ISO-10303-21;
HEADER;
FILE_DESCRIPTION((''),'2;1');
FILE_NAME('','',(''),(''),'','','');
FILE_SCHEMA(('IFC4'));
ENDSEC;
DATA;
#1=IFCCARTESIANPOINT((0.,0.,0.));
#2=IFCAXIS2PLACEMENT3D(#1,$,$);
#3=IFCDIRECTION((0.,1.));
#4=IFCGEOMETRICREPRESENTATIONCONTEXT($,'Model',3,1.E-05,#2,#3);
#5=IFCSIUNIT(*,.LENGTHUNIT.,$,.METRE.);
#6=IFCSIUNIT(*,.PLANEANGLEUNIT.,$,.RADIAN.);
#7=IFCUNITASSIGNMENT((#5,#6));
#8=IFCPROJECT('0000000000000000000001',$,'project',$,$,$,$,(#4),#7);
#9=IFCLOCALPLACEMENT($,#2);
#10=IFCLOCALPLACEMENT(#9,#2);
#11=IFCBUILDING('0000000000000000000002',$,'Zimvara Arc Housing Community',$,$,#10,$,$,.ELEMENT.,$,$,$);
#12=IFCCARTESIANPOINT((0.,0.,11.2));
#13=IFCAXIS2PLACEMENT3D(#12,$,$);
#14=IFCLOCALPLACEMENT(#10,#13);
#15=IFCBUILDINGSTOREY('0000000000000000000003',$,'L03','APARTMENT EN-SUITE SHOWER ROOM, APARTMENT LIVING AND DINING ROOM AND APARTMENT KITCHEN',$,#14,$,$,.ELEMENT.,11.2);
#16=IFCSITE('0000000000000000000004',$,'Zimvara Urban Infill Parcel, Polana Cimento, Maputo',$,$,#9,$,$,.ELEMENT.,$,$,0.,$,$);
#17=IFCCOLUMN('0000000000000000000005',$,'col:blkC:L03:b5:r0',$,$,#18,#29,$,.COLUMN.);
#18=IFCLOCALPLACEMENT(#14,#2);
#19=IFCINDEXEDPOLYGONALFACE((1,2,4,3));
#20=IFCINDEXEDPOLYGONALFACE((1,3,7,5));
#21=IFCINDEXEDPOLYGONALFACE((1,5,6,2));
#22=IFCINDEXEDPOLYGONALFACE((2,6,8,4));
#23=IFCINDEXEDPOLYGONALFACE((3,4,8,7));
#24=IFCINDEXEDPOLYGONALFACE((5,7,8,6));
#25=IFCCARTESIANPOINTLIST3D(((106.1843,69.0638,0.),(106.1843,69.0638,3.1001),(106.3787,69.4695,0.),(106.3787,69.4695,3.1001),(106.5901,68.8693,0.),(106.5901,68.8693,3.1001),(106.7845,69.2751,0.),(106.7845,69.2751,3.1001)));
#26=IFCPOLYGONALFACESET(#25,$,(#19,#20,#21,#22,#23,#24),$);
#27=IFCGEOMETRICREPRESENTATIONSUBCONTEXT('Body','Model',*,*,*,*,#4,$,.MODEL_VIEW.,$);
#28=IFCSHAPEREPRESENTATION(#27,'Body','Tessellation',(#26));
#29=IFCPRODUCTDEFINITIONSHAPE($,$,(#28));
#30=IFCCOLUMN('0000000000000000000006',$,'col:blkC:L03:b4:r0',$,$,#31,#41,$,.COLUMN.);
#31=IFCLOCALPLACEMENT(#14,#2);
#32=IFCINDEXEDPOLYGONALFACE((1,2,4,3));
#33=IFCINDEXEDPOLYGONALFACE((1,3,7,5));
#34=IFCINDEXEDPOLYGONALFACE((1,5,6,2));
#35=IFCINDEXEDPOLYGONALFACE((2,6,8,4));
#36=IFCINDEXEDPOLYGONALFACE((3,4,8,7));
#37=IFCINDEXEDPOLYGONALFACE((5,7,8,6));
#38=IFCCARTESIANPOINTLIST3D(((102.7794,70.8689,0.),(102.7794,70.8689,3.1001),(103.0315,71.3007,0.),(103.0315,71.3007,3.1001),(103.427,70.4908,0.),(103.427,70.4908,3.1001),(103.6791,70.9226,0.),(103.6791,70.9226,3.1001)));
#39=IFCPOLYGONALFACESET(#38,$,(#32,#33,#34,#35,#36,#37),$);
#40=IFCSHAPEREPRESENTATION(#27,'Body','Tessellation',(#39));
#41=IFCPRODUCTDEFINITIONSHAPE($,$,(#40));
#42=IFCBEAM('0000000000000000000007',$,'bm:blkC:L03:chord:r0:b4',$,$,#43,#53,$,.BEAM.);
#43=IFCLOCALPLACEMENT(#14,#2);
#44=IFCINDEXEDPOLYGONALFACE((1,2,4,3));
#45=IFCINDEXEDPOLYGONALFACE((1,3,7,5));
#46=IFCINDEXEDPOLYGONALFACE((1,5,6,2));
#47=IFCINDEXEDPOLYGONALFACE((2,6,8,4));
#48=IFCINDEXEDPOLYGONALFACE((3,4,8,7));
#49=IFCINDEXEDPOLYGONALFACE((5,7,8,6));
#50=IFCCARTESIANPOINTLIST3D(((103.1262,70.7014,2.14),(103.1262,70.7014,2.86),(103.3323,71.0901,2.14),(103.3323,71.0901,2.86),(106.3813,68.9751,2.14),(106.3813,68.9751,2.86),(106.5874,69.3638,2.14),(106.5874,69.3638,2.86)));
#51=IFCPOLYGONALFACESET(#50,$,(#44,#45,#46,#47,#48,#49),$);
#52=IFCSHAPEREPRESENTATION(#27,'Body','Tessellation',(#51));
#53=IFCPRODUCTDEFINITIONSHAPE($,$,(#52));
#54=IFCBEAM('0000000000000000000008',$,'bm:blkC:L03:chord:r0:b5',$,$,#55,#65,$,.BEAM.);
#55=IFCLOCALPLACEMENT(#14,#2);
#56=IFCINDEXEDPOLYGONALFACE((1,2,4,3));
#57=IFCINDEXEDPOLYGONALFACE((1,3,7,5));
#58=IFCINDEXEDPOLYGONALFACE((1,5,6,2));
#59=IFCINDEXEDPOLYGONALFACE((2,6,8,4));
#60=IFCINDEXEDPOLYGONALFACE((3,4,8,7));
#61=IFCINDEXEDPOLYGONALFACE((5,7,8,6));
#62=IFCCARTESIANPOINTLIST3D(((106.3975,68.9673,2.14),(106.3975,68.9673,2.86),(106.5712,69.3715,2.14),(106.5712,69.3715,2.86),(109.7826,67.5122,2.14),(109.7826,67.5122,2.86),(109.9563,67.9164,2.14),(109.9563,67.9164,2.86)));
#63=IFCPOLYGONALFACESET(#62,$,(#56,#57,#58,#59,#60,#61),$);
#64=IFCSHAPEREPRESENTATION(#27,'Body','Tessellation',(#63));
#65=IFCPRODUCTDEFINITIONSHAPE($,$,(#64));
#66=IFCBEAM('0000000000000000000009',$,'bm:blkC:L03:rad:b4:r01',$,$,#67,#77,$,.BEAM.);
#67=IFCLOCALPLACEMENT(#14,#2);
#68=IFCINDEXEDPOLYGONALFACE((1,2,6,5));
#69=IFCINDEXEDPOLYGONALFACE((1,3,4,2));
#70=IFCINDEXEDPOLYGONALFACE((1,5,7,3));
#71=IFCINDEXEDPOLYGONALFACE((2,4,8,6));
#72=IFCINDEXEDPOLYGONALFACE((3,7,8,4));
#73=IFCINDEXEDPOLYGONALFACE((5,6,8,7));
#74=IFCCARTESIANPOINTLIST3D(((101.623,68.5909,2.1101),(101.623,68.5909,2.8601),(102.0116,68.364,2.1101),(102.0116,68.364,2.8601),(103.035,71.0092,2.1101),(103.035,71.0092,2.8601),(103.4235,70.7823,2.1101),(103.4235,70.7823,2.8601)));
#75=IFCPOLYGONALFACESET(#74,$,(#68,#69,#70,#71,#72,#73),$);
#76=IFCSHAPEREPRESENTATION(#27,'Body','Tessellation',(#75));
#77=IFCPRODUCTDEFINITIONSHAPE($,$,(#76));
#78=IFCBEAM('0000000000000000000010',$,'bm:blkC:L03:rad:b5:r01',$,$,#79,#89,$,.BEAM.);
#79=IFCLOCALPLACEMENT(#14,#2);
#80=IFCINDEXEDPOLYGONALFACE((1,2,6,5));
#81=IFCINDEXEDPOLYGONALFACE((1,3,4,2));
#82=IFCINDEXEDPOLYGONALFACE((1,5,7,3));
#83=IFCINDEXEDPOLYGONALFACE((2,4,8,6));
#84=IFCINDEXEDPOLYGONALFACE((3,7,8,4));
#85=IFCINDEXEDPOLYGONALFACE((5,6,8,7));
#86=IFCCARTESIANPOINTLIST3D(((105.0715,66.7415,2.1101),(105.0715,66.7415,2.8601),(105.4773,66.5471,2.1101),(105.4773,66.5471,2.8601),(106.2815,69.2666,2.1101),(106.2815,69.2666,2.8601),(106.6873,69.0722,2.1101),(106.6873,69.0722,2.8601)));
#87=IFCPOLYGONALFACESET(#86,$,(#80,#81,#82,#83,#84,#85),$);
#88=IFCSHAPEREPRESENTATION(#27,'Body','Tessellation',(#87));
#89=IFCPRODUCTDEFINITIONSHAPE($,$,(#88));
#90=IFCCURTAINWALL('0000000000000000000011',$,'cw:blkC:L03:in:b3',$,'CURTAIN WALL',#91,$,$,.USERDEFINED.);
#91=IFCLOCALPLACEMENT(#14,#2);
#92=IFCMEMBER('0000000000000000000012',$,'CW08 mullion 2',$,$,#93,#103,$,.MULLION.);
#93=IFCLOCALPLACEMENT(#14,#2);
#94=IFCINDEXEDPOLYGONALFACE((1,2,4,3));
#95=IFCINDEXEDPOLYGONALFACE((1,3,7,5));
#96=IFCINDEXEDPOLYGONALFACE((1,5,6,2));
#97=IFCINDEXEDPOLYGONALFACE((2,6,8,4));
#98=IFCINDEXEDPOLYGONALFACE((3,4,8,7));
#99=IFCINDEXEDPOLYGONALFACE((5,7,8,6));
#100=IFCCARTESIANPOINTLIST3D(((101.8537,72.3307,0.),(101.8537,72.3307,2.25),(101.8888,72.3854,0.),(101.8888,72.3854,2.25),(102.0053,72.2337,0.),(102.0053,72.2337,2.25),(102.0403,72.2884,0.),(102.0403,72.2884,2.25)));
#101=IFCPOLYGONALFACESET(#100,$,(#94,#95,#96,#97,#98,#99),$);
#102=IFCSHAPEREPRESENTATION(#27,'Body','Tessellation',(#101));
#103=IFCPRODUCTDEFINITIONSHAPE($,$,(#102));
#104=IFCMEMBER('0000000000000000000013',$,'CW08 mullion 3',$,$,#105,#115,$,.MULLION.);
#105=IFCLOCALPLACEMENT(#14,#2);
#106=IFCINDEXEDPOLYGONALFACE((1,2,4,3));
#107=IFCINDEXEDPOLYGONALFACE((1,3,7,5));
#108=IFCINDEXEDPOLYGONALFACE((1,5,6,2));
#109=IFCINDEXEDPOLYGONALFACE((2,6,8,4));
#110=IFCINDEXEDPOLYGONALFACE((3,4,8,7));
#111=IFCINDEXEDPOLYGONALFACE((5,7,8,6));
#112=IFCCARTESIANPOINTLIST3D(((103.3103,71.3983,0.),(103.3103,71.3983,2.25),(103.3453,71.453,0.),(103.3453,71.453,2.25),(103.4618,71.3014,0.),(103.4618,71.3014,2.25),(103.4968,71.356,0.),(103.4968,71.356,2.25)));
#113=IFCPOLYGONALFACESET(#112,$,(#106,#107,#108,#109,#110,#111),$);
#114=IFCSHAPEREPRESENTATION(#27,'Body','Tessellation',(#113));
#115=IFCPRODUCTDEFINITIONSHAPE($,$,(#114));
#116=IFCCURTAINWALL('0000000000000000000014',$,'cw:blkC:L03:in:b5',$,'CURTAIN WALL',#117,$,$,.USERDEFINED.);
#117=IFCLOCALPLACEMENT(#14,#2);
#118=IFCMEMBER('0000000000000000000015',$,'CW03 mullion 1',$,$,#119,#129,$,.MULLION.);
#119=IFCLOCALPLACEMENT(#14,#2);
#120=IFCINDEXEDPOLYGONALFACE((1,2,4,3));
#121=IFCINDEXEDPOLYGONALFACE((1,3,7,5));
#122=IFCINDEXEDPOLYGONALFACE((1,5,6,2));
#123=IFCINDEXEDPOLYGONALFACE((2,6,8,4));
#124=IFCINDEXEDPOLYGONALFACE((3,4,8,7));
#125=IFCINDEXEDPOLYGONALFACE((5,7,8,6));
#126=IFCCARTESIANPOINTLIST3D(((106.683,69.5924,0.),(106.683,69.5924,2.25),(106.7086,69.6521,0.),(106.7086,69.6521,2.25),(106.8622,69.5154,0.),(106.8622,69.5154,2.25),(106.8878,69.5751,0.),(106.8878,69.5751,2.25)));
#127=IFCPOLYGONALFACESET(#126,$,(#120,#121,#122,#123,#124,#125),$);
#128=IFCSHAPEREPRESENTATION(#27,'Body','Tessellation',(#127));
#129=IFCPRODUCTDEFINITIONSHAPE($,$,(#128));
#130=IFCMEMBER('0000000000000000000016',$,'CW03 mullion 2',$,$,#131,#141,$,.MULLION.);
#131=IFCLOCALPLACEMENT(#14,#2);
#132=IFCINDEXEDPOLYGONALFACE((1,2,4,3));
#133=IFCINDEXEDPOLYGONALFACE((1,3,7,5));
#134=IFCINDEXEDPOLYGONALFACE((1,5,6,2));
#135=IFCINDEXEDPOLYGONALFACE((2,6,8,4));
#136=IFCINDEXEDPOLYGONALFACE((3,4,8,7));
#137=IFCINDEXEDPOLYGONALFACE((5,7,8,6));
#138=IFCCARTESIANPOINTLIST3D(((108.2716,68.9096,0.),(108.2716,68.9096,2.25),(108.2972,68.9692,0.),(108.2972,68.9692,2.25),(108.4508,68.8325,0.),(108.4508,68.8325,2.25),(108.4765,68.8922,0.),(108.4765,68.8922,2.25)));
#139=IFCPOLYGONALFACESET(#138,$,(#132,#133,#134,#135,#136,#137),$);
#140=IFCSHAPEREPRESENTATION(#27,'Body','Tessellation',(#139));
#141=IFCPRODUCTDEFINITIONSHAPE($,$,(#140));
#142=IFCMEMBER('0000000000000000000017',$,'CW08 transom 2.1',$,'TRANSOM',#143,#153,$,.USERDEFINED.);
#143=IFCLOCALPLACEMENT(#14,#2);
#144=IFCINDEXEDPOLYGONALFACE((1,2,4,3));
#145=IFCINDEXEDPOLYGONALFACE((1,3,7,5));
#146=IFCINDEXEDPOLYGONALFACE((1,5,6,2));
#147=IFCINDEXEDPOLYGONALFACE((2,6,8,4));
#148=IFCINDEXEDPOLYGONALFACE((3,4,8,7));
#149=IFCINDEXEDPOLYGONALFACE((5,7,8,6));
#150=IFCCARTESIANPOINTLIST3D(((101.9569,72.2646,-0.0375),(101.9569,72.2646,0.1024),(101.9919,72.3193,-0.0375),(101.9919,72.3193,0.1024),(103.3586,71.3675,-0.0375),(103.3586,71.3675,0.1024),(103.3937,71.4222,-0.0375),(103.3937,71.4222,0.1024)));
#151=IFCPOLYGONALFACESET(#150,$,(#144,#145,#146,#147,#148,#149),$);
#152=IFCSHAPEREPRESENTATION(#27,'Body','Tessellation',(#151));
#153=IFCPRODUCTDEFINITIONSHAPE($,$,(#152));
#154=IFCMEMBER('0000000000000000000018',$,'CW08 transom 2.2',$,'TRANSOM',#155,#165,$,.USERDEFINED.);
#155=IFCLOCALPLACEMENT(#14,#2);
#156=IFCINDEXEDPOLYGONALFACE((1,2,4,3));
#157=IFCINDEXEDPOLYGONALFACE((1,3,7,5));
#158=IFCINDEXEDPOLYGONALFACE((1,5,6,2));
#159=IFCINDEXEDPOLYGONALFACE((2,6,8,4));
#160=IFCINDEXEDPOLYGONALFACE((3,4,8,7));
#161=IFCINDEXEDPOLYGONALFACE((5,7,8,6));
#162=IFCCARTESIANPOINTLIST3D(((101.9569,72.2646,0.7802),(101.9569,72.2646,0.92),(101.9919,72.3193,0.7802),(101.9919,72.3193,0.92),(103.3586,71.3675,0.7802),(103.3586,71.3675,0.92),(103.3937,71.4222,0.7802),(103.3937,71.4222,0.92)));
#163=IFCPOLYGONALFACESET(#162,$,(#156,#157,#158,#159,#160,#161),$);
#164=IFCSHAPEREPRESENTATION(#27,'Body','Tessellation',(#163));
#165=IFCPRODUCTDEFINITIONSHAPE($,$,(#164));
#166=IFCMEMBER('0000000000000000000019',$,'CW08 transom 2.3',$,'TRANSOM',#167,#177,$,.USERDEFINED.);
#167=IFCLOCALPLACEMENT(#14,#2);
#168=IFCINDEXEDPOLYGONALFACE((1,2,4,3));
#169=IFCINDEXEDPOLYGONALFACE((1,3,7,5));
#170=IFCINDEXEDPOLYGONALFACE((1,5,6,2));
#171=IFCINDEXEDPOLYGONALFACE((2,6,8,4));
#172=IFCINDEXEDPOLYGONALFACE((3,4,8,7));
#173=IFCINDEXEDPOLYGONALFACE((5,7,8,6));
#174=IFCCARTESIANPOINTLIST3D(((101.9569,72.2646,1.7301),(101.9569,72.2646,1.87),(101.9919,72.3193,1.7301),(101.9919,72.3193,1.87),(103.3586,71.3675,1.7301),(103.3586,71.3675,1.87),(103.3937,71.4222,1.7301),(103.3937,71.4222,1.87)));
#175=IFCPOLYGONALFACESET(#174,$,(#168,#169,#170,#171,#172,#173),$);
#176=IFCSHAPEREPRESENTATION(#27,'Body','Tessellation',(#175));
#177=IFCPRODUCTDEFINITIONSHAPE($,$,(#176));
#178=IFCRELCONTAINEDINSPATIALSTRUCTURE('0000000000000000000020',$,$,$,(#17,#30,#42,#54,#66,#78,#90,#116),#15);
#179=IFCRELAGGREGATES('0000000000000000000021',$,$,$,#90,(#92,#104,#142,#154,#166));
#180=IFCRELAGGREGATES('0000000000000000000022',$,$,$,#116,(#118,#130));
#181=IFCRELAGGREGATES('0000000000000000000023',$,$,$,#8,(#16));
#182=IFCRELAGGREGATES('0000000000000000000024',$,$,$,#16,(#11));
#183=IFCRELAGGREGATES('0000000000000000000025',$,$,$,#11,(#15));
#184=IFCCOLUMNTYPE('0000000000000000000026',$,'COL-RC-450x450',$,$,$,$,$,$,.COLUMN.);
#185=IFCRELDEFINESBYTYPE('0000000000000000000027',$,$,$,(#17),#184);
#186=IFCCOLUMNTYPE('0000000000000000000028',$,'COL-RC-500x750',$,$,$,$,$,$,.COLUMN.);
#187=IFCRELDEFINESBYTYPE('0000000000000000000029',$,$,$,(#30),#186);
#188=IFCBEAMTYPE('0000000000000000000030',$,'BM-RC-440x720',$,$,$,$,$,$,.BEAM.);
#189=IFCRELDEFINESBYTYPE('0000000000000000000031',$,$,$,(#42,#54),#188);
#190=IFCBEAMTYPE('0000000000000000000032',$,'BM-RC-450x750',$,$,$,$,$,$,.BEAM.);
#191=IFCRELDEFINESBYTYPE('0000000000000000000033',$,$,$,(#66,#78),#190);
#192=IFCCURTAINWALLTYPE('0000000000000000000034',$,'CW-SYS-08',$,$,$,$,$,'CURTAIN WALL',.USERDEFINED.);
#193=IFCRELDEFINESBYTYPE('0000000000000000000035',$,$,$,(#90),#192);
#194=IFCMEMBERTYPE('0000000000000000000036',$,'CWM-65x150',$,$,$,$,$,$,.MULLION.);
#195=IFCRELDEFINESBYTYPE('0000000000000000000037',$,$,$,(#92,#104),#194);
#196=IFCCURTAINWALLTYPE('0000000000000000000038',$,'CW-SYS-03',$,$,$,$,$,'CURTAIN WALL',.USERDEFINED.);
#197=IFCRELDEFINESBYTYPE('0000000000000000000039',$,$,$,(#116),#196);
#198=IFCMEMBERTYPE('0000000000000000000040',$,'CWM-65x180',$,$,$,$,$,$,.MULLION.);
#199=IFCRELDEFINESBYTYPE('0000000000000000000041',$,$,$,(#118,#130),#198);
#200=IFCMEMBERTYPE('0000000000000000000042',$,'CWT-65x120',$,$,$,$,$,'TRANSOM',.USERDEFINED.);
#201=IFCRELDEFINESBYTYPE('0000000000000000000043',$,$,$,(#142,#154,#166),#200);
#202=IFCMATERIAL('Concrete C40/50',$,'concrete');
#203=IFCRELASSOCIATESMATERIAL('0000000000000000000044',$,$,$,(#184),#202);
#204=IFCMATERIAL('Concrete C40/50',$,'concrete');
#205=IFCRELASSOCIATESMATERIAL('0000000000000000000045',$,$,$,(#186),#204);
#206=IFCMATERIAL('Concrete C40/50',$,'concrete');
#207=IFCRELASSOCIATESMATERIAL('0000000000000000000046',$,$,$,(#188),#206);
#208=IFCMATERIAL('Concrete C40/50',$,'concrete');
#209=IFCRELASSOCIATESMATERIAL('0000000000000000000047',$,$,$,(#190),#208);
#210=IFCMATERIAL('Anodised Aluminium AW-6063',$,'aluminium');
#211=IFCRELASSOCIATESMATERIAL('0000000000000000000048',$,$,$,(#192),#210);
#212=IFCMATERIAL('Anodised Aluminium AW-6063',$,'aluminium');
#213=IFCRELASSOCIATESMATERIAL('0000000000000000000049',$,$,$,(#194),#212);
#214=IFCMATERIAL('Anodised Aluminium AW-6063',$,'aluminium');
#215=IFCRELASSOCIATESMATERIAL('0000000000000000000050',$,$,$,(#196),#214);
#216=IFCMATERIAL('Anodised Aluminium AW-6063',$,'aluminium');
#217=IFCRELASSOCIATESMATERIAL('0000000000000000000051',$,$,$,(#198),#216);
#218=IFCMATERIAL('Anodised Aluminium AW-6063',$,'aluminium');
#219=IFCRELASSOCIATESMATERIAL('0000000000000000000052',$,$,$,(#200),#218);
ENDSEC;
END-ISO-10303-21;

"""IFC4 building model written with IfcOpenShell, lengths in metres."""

from ifc_helpers import new_model, si_unit, direction, frame, origin, origin_2d, place, context, subcontext, project, spatial, rectangle, extrude, material, material_profile, profile_set, type_object, element, aggregate, save


model = new_model("IFC4")

# Units and contexts
model_context = context("Model", 3, precision=1e-05, world=origin(), true_north=direction((0.0, 1.0)))
body_context = subcontext(model_context, "Body", "Model", "MODEL_VIEW")
ifc_project = project(units=[si_unit("LENGTHUNIT", "METRE"), si_unit("PLANEANGLEUNIT", "RADIAN")], contexts=[model_context])

# Site, building, storey
site_placement = place(None, origin())
site = spatial("IfcSite", under=ifc_project, at=site_placement, Name="Zimvara Urban Infill Parcel, Polana Cimento, Maputo", CompositionType="ELEMENT", RefElevation=0.0)
building_placement = place(site_placement, origin())
building = spatial("IfcBuilding", under=site, at=building_placement, Name="Zimvara Arc Housing Community", CompositionType="ELEMENT")
storey_placement = place(building_placement, frame((0.0, 0.0, 11.2)))
storey = spatial("IfcBuildingStorey", under=building, at=storey_placement, Name="L03", Description="APARTMENT EN-SUITE SHOWER ROOM, APARTMENT LIVING AND DINING ROOM AND APARTMENT KITCHEN", CompositionType="ELEMENT", Elevation=11.2)

# Columns
ifc_material_1 = material(Name="Concrete C40/50", Category="concrete")
ifc_material_profile_1 = material_profile(ifc_material_1, rectangle(XDim=0.45, YDim=0.45, at=origin_2d()), Name="RC 450x450")
ifc_profile_set_1 = profile_set([ifc_material_profile_1], Name="Concrete C40/50")
column_type_1 = type_object("IfcColumnType", Name="COL-RC-450x450", PredefinedType="COLUMN", material=ifc_profile_set_1)
column_1_placement = place(storey_placement, frame((106.4844, 69.1694, 0.0), z_axis=(0.0, 0.0, 1.0), x_axis=(-0.432086, -0.901833, 0.0)))
element("IfcColumn", 1, at=column_1_placement, inside=storey, type_object=column_type_1, Name="col:blkC:L03:b5:r0", PredefinedType="COLUMN", context=body_context, shape_type="SweptSolid", body=[
    extrude(rectangle(XDim=0.45, YDim=0.45, at=origin_2d()), origin(), (0.0, 0.0, 1.0), 3.1001),
])
ifc_material_2 = material(Name="Concrete C40/50", Category="concrete")
ifc_material_profile_2 = material_profile(ifc_material_2, rectangle(XDim=0.5, YDim=0.75, at=origin_2d()), Name="RC 500x750")
ifc_profile_set_2 = profile_set([ifc_material_profile_2], Name="Concrete C40/50")
column_type_2 = type_object("IfcColumnType", Name="COL-RC-500x750", PredefinedType="COLUMN", material=ifc_profile_set_2)
column_2_placement = place(storey_placement, frame((103.2292, 70.8958, 0.0), z_axis=(0.0, 0.0, 1.0), x_axis=(-0.504226, -0.863572, 0.0)))
element("IfcColumn", 2, at=column_2_placement, inside=storey, type_object=column_type_2, Name="col:blkC:L03:b4:r0", PredefinedType="COLUMN", context=body_context, shape_type="SweptSolid", body=[
    extrude(rectangle(XDim=0.5, YDim=0.75, at=origin_2d()), origin(), (0.0, 0.0, 1.0), 3.1001),
])

# Beams
ifc_material_3 = material(Name="Concrete C40/50", Category="concrete")
ifc_material_profile_3 = material_profile(ifc_material_3, rectangle(XDim=0.4399, YDim=0.72, at=origin_2d()), Name="RC 440x720")
ifc_profile_set_3 = profile_set([ifc_material_profile_3], Name="Concrete C40/50")
beam_type_1 = type_object("IfcBeamType", Name="BM-RC-440x720", PredefinedType="BEAM", material=ifc_profile_set_3)
for number, where, z_axis, x_axis, name in (
    (3, (103.2292, 70.8958, 2.5), (0.883449, -0.468527, 0.0), (0.468527, 0.883449, 0.0), "bm:blkC:L03:chord:r0:b4"),
    (4, (106.4844, 69.1694, 2.5), (0.918716, -0.394919, 0.0), (0.394919, 0.918716, 0.0), "bm:blkC:L03:chord:r0:b5"),
):
    element("IfcBeam", number, at=place(storey_placement, frame(where, z_axis=z_axis, x_axis=x_axis)), inside=storey, type_object=beam_type_1, Name=name, PredefinedType="BEAM", context=body_context, shape_type="SweptSolid", body=[
        extrude(rectangle(XDim=0.4399, YDim=0.72, at=origin_2d()), origin(), (0.0, 0.0, 1.0), 3.6846),
    ])
ifc_material_4 = material(Name="Concrete C40/50", Category="concrete")
ifc_material_profile_4 = material_profile(ifc_material_4, rectangle(XDim=0.45, YDim=0.75, at=origin_2d()), Name="RC 450x750")
ifc_profile_set_4 = profile_set([ifc_material_profile_4], Name="Concrete C40/50")
beam_type_2 = type_object("IfcBeamType", Name="BM-RC-450x750", PredefinedType="BEAM", material=ifc_profile_set_4)
beam_1_placement = place(storey_placement, frame((103.2292, 70.8958, 2.4851), z_axis=(-0.504202, -0.863586, 0.0), x_axis=(0.863586, -0.504202, 0.0)))
element("IfcBeam", 5, at=beam_1_placement, inside=storey, type_object=beam_type_2, Name="bm:blkC:L03:rad:b4:r01", PredefinedType="BEAM", context=body_context, shape_type="SweptSolid", body=[
    extrude(rectangle(XDim=0.45, YDim=0.75, at=origin_2d()), origin(), (0.0, 0.0, 1.0), 2.8003),
])
beam_2_placement = place(storey_placement, frame((106.4844, 69.1694, 2.4851), z_axis=(-0.432119, -0.901817, 0.0), x_axis=(0.901817, -0.432119, 0.0)))
element("IfcBeam", 6, at=beam_2_placement, inside=storey, type_object=beam_type_2, Name="bm:blkC:L03:rad:b5:r01", PredefinedType="BEAM", context=body_context, shape_type="SweptSolid", body=[
    extrude(rectangle(XDim=0.45, YDim=0.75, at=origin_2d()), origin(), (0.0, 0.0, 1.0), 2.8),
])

# Curtain walls, members
ifc_material_5 = material(Name="Anodised Aluminium AW-6063", Category="aluminium")
curtain_wall_type_1 = type_object("IfcCurtainWallType", Name="CW-SYS-08", ElementType="CURTAIN WALL", PredefinedType="USERDEFINED", material=ifc_material_5)
curtain_wall_1_placement = place(storey_placement, origin())
curtain_wall_1 = element("IfcCurtainWall", 7, at=curtain_wall_1_placement, inside=storey, type_object=curtain_wall_type_1, Name="cw:blkC:L03:in:b3", ObjectType="CURTAIN WALL", PredefinedType="USERDEFINED")
ifc_material_6 = material(Name="Anodised Aluminium AW-6063", Category="aluminium")
ifc_material_profile_5 = material_profile(ifc_material_6, rectangle(XDim=0.0649, YDim=0.1799, at=origin_2d()), Name="ALU 65x180")
ifc_profile_set_5 = profile_set([ifc_material_profile_5], Name="Anodised Aluminium AW-6063")
member_type_1 = type_object("IfcMemberType", Name="CWM-65x150", PredefinedType="MULLION", material=ifc_profile_set_5)
member_1_placement = place(storey_placement, frame((101.947, 72.3096, 0.0), z_axis=(0.0, 0.0, 1.0), x_axis=(0.539064, 0.842265, 0.0)))
member_1 = element("IfcMember", 8, at=member_1_placement, type_object=member_type_1, Name="CW08 mullion 2", PredefinedType="MULLION", context=body_context, shape_type="SweptSolid", body=[
    extrude(rectangle(XDim=0.0649, YDim=0.1799, at=origin_2d()), origin(), (0.0, 0.0, 1.0), 2.25),
])
member_2_placement = place(storey_placement, frame((103.4036, 71.3772, 0.0), z_axis=(0.0, 0.0, 1.0), x_axis=(0.539064, 0.842265, 0.0)))
member_2 = element("IfcMember", 9, at=member_2_placement, type_object=member_type_1, Name="CW08 mullion 3", PredefinedType="MULLION", context=body_context, shape_type="SweptSolid", body=[
    extrude(rectangle(XDim=0.0649, YDim=0.1799, at=origin_2d()), origin(), (0.0, 0.0, 1.0), 2.25),
])
ifc_material_7 = material(Name="Anodised Aluminium AW-6063", Category="aluminium")
curtain_wall_type_2 = type_object("IfcCurtainWallType", Name="CW-SYS-03", ElementType="CURTAIN WALL", PredefinedType="USERDEFINED", material=ifc_material_7)
curtain_wall_2_placement = place(storey_placement, origin())
curtain_wall_2 = element("IfcCurtainWall", 10, at=curtain_wall_2_placement, inside=storey, type_object=curtain_wall_type_2, Name="cw:blkC:L03:in:b5", ObjectType="CURTAIN WALL", PredefinedType="USERDEFINED")
ifc_material_8 = material(Name="Anodised Aluminium AW-6063", Category="aluminium")
ifc_material_profile_6 = material_profile(ifc_material_8, rectangle(XDim=0.0649, YDim=0.1951, at=origin_2d()), Name="ALU 65x195")
ifc_profile_set_6 = profile_set([ifc_material_profile_6], Name="Anodised Aluminium AW-6063")
member_type_2 = type_object("IfcMemberType", Name="CWM-65x180", PredefinedType="MULLION", material=ifc_profile_set_6)
member_3_placement = place(storey_placement, frame((106.7854, 69.5837, 0.0), z_axis=(0.0, 0.0, 1.0), x_axis=(0.394904, 0.918722, 0.0)))
member_3 = element("IfcMember", 11, at=member_3_placement, type_object=member_type_2, Name="CW03 mullion 1", PredefinedType="MULLION", context=body_context, shape_type="SweptSolid", body=[
    extrude(rectangle(XDim=0.0649, YDim=0.1951, at=origin_2d()), origin(), (0.0, 0.0, 1.0), 2.25),
])
member_4_placement = place(storey_placement, frame((108.374, 68.9009, 0.0), z_axis=(0.0, 0.0, 1.0), x_axis=(0.394904, 0.918722, 0.0)))
member_4 = element("IfcMember", 12, at=member_4_placement, type_object=member_type_2, Name="CW03 mullion 2", PredefinedType="MULLION", context=body_context, shape_type="SweptSolid", body=[
    extrude(rectangle(XDim=0.0649, YDim=0.1951, at=origin_2d()), origin(), (0.0, 0.0, 1.0), 2.25),
])

# Members
ifc_material_9 = material(Name="Anodised Aluminium AW-6063", Category="aluminium")
ifc_material_profile_7 = material_profile(ifc_material_9, rectangle(XDim=0.0649, YDim=0.1399, at=origin_2d()), Name="ALU 65x140")
ifc_profile_set_7 = profile_set([ifc_material_profile_7], Name="Anodised Aluminium AW-6063")
member_type_3 = type_object("IfcMemberType", Name="CWT-65x120", ElementType="TRANSOM", PredefinedType="USERDEFINED", material=ifc_profile_set_7)
member_5_placement = place(storey_placement, frame((101.9744, 72.292, 0.0325), z_axis=(0.842263, -0.539066, 0.0), x_axis=(0.539066, 0.842263, 0.0)))
member_5 = element("IfcMember", 13, at=member_5_placement, type_object=member_type_3, Name="CW08 transom 2.1", ObjectType="TRANSOM", PredefinedType="USERDEFINED", context=body_context, shape_type="SweptSolid", body=[
    extrude(rectangle(XDim=0.0649, YDim=0.1399, at=origin_2d()), origin(), (0.0, 0.0, 1.0), 1.6643),
])
member_6_placement = place(storey_placement, frame((101.9744, 72.292, 0.8501), z_axis=(0.842263, -0.539066, 0.0), x_axis=(0.539066, 0.842263, 0.0)))
member_6 = element("IfcMember", 14, at=member_6_placement, type_object=member_type_3, Name="CW08 transom 2.2", ObjectType="TRANSOM", PredefinedType="USERDEFINED", context=body_context, shape_type="SweptSolid", body=[
    extrude(rectangle(XDim=0.0649, YDim=0.1399, at=origin_2d()), origin(), (0.0, 0.0, 1.0), 1.6643),
])
member_7_placement = place(storey_placement, frame((101.9744, 72.292, 1.8), z_axis=(0.842263, -0.539066, 0.0), x_axis=(0.539066, 0.842263, 0.0)))
member_7 = element("IfcMember", 15, at=member_7_placement, type_object=member_type_3, Name="CW08 transom 2.3", ObjectType="TRANSOM", PredefinedType="USERDEFINED", context=body_context, shape_type="SweptSolid", body=[
    extrude(rectangle(XDim=0.0649, YDim=0.1399, at=origin_2d()), origin(), (0.0, 0.0, 1.0), 1.6643),
])

aggregate(curtain_wall_1, [member_1, member_2, member_5, member_6, member_7])
aggregate(curtain_wall_2, [member_3, member_4])

save(model, "model.ifc")
